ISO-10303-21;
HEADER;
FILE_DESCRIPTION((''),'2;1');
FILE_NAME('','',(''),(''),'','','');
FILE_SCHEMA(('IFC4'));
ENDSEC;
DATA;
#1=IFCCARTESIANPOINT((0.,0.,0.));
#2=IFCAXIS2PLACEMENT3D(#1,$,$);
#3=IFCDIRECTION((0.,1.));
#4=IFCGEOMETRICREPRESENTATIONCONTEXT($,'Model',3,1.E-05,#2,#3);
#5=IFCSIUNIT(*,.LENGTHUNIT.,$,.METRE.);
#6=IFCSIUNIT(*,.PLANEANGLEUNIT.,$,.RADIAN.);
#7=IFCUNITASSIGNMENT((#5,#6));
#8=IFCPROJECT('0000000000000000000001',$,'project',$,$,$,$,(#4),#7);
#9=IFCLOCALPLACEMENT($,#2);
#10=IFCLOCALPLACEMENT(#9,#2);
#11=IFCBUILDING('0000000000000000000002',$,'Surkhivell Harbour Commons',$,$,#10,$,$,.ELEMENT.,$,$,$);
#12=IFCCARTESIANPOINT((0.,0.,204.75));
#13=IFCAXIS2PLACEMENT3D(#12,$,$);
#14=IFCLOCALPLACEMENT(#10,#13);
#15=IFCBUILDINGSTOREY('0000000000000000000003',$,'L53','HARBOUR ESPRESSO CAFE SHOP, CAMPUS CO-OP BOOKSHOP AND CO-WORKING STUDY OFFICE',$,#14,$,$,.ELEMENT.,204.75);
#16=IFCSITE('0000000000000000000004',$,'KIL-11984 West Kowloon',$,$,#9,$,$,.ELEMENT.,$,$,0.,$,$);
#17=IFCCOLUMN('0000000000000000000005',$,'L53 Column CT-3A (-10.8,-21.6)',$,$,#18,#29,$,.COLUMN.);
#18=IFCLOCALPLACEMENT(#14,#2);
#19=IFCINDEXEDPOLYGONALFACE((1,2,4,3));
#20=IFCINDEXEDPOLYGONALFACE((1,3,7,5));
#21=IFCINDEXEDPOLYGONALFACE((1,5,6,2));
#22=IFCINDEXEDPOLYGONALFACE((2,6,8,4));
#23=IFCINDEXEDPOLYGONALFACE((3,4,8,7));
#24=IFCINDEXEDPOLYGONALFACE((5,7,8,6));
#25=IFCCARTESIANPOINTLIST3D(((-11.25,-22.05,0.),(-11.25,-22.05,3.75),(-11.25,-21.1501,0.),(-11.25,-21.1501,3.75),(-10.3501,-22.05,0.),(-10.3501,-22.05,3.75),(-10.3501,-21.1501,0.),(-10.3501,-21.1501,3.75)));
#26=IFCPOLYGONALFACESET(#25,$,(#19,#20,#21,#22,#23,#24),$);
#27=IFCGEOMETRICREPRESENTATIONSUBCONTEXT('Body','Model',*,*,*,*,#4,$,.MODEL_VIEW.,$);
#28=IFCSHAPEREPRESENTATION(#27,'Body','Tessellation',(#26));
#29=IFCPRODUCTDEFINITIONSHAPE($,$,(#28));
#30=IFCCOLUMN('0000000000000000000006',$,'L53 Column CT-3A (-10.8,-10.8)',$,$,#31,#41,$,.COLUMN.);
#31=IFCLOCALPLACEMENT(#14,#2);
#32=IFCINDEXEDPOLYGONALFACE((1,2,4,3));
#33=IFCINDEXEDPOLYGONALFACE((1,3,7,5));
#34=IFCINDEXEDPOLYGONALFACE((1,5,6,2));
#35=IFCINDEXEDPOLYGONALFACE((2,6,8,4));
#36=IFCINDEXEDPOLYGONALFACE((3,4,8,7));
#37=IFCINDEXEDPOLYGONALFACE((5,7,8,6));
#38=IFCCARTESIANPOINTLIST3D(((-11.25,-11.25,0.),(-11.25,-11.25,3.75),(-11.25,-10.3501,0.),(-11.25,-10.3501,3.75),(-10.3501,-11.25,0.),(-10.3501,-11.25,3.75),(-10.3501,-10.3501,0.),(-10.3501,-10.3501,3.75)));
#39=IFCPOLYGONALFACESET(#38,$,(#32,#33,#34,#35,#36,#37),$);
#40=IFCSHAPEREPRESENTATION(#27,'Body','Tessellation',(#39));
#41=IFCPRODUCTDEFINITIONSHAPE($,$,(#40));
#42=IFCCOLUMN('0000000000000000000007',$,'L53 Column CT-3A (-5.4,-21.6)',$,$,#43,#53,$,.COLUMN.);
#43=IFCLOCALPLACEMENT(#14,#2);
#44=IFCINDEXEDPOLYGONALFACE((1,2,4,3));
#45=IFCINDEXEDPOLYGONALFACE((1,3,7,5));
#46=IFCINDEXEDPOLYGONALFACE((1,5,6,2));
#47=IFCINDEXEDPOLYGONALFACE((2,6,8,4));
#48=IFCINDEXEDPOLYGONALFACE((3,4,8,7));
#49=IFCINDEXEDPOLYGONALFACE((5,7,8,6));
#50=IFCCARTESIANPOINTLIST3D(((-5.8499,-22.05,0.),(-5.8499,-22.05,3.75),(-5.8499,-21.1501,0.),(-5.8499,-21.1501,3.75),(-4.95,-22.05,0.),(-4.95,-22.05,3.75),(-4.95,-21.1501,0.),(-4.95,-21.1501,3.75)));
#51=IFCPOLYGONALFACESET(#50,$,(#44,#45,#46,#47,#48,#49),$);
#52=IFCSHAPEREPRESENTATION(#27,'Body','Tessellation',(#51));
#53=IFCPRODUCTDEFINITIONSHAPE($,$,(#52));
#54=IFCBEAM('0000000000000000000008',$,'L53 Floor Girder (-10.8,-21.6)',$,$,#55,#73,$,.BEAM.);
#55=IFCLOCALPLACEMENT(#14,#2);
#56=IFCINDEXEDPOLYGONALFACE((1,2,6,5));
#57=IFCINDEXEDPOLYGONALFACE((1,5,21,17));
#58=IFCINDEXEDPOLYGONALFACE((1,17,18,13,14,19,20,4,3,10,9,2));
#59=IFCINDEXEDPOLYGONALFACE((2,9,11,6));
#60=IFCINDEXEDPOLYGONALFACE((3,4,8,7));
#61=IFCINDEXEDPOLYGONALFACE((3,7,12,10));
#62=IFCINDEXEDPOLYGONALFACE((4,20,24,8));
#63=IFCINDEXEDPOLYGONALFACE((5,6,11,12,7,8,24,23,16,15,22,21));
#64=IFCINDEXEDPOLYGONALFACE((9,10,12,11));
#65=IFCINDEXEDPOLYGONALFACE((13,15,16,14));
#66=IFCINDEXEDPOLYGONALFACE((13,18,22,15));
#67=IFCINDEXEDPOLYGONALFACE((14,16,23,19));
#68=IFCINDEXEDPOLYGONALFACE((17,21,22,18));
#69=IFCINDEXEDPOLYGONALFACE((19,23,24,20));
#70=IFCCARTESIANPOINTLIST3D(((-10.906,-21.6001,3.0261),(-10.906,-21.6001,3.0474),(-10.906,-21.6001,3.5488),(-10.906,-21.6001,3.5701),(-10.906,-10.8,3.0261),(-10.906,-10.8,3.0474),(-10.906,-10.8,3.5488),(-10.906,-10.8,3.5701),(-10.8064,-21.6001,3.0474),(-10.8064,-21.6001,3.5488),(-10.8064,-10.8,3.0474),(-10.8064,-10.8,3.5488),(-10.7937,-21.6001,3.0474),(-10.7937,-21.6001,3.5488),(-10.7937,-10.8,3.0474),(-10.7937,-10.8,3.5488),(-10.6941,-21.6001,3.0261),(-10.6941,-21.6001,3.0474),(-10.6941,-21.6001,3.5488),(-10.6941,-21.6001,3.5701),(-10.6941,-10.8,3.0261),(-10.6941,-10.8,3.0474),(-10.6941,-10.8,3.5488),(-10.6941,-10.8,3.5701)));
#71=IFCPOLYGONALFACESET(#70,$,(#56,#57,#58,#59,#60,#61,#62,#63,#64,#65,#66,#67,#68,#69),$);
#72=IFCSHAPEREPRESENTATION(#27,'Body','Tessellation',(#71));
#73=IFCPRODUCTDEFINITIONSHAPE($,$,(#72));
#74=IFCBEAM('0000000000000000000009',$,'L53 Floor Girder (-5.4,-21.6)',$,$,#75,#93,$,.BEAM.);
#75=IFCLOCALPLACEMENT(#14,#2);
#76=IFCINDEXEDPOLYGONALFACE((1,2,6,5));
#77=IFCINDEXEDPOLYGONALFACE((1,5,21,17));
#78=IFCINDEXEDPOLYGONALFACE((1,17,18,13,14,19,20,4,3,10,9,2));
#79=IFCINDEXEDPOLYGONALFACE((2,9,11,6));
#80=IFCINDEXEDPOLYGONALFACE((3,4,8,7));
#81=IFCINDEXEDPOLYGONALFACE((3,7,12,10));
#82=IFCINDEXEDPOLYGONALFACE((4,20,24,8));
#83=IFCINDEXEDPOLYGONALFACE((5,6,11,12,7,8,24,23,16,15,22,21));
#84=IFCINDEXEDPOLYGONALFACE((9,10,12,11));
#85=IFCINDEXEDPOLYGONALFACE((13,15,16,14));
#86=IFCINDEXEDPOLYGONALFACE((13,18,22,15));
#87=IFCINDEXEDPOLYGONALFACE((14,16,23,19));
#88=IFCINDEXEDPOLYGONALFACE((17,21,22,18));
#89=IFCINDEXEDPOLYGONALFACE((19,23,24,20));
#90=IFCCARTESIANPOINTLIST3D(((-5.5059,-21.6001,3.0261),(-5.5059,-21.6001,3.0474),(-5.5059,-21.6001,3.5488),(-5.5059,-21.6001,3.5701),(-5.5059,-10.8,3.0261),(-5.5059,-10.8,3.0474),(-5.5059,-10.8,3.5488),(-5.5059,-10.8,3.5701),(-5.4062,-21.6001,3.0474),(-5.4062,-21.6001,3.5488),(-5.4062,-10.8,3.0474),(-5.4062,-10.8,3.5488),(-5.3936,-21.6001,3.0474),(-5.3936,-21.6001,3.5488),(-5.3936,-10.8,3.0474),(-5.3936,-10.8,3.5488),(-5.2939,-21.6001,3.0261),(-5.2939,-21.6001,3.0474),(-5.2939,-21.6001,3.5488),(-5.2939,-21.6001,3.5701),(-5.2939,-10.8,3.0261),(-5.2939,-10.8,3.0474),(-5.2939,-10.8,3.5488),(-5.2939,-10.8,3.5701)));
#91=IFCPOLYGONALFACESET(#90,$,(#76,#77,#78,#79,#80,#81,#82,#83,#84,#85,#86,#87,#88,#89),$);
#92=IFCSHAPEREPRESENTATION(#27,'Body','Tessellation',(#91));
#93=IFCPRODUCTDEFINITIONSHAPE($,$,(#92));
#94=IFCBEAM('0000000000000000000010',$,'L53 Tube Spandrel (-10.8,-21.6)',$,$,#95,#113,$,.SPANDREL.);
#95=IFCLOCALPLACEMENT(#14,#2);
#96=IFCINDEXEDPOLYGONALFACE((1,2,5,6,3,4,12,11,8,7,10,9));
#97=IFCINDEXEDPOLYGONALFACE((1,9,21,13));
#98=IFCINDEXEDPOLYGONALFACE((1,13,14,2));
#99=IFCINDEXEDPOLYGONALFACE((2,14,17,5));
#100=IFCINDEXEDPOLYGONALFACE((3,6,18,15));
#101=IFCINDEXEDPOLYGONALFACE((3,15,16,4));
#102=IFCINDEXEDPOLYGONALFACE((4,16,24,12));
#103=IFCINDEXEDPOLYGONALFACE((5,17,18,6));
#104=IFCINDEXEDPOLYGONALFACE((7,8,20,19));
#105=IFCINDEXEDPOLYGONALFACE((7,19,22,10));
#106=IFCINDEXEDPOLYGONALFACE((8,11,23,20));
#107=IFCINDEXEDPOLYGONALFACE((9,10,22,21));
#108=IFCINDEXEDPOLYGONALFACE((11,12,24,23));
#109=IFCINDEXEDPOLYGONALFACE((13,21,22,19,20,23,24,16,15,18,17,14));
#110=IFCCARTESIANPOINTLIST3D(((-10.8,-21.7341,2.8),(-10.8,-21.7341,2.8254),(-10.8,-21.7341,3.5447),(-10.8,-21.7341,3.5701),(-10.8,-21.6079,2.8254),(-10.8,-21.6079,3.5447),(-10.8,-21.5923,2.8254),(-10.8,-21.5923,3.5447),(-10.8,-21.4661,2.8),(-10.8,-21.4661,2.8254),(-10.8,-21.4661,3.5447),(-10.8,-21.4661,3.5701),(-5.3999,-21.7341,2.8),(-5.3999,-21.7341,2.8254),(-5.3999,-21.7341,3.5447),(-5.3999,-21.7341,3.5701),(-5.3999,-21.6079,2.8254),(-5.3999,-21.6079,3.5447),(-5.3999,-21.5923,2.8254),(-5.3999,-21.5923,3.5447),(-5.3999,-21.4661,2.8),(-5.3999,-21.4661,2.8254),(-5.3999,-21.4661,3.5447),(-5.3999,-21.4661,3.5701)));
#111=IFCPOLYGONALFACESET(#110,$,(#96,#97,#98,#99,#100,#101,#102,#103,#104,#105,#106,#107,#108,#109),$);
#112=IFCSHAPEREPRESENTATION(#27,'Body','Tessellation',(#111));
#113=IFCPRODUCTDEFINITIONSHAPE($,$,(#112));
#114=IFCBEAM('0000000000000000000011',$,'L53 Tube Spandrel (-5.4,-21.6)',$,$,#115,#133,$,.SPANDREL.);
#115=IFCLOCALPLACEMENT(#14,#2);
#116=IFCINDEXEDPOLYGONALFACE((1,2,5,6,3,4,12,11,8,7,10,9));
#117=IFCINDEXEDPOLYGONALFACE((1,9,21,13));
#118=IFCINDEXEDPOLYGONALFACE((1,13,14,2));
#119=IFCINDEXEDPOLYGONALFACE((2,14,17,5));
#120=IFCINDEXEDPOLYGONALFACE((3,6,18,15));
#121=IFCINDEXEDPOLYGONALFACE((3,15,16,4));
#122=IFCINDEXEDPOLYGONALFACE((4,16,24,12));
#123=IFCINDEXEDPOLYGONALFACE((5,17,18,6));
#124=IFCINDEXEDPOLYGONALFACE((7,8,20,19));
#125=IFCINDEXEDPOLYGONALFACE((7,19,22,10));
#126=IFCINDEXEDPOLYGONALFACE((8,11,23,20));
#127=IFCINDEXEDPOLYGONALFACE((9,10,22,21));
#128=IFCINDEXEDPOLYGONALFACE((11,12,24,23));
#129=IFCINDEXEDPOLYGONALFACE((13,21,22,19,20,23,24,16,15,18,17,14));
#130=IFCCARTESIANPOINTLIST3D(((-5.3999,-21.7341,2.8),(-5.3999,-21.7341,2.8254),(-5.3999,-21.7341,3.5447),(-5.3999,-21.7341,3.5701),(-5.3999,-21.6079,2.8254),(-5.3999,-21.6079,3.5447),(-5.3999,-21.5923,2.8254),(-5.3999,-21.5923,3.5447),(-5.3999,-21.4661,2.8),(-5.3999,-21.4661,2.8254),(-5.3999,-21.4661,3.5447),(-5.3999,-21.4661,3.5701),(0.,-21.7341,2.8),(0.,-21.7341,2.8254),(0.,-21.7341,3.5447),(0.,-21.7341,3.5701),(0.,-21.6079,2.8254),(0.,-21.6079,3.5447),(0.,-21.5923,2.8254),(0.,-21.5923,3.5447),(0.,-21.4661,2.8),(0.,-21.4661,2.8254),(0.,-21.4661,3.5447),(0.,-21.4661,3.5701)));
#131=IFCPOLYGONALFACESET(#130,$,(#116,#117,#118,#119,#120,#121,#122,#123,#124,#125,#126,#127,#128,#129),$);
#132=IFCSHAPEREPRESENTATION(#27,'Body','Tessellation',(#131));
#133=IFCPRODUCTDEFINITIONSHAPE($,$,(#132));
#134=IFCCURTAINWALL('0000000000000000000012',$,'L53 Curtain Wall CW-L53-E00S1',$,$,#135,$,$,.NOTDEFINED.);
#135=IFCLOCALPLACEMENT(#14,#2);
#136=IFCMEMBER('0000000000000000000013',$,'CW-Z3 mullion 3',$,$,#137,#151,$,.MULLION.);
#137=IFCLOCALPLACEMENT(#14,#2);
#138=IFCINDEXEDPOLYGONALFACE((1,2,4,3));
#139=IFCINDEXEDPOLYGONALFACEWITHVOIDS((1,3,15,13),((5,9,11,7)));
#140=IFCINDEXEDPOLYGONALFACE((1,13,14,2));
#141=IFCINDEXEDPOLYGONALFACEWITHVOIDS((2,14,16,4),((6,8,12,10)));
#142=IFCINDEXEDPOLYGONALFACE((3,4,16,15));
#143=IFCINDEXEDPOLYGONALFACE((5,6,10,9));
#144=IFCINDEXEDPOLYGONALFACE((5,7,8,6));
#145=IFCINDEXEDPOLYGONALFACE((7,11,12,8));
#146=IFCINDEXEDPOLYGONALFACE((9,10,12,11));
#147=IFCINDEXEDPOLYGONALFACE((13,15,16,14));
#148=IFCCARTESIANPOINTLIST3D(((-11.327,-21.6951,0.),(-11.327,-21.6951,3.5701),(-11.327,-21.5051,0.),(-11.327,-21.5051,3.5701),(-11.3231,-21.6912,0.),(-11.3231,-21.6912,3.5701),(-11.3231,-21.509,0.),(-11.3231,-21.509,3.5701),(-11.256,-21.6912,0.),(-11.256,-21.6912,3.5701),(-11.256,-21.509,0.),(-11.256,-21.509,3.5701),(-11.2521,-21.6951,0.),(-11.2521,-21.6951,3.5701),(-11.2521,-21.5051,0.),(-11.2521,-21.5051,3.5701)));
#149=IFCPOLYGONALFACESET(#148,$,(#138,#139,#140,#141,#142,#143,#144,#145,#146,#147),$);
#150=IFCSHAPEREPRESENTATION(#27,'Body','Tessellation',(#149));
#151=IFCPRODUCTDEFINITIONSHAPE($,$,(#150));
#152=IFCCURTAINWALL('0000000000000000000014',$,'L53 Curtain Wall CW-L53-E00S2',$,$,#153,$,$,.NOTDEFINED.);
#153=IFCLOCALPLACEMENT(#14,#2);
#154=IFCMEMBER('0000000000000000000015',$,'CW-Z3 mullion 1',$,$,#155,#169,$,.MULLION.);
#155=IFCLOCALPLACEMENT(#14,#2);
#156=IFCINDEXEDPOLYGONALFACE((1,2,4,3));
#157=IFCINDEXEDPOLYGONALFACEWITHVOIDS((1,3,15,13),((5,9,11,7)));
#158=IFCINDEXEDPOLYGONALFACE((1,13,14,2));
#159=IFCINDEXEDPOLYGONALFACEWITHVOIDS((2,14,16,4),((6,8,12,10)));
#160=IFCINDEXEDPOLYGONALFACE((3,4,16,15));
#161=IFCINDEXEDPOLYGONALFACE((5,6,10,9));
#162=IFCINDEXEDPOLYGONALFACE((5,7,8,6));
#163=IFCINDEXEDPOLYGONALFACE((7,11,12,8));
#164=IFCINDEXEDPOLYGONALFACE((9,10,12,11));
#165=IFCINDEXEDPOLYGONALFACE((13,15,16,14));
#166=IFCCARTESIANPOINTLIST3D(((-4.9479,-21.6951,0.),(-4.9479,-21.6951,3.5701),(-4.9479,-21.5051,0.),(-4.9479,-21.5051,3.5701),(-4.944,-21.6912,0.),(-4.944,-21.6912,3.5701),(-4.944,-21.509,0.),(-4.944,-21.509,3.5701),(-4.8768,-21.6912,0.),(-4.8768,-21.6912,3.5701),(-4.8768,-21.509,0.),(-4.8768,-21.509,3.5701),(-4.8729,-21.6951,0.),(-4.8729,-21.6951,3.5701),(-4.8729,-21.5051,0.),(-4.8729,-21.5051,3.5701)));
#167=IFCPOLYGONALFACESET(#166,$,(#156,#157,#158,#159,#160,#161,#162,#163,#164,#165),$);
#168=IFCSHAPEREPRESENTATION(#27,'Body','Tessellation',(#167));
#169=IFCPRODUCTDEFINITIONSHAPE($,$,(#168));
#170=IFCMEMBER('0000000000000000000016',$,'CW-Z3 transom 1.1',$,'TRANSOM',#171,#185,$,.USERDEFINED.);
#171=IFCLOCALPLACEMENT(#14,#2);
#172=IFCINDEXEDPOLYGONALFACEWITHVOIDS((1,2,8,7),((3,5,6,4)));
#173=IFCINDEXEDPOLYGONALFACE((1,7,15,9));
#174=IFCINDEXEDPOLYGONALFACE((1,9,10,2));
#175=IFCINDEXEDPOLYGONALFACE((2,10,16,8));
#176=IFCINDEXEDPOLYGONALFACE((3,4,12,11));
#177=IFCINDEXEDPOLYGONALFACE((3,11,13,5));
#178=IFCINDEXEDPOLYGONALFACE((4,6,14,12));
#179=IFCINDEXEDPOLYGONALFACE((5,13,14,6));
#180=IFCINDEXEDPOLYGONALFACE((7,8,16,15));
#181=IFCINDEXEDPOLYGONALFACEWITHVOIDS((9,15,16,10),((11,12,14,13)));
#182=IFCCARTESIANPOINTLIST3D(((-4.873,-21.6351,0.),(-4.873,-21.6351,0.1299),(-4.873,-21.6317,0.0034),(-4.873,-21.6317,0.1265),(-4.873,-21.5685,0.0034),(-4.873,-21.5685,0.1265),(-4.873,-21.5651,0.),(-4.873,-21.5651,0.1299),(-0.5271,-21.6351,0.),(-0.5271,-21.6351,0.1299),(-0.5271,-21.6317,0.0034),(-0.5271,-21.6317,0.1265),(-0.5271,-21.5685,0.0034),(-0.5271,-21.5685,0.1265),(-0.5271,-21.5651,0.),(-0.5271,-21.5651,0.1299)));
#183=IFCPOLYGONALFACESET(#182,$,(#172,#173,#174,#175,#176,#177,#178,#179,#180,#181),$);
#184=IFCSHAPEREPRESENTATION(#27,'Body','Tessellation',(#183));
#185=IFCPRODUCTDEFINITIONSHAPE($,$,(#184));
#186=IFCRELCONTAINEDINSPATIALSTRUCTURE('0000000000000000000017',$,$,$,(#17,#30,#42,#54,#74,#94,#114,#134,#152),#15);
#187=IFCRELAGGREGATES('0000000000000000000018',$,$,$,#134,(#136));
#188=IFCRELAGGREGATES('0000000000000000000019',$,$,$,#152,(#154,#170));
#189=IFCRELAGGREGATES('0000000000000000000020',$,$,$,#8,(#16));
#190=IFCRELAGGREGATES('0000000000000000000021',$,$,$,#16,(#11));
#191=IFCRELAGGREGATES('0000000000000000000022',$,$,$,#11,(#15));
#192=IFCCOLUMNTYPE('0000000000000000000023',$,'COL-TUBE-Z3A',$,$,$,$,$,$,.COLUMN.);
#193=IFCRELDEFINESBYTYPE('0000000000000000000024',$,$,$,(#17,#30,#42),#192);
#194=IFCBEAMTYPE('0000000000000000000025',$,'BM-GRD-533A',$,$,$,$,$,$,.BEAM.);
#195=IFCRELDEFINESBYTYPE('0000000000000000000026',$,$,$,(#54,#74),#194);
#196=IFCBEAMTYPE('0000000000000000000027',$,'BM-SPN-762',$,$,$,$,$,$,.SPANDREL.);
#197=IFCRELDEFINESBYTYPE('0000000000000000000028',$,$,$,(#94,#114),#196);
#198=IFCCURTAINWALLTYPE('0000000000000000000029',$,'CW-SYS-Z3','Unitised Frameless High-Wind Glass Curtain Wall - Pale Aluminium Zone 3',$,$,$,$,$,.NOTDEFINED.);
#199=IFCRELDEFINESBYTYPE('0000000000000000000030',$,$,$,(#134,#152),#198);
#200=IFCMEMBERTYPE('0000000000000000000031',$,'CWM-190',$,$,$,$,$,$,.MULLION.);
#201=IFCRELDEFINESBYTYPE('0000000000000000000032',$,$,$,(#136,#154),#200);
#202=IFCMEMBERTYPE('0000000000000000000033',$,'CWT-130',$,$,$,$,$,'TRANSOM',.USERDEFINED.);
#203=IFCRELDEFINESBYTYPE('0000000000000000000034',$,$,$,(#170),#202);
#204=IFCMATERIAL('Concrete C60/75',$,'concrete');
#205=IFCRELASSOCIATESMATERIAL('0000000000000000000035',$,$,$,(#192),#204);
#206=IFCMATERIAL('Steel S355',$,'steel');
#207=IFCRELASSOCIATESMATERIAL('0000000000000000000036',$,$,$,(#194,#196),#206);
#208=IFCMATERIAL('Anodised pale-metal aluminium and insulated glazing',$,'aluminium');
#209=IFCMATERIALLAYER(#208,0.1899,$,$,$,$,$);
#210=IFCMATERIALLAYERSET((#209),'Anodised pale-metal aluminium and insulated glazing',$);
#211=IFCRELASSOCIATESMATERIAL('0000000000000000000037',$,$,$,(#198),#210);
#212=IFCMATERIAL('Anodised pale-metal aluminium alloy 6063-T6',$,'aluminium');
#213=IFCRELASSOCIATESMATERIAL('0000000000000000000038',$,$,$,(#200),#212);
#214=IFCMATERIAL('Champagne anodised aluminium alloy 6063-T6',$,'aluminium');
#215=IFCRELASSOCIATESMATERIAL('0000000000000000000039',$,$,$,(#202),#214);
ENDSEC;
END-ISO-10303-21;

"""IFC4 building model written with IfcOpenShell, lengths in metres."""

from ifc_helpers import new_model, si_unit, direction, frame, origin, origin_2d, place, context, subcontext, project, spatial, rectangle, hollow_rectangle, i_section, extrude, material, layer, layer_set, material_profile, profile_set, type_object, element, aggregate, save


model = new_model("IFC4")

# Units and contexts
model_context = context("Model", 3, precision=1e-05, world=origin(), true_north=direction((0.0, 1.0)))
body_context = subcontext(model_context, "Body", "Model", "MODEL_VIEW")
ifc_project = project(units=[si_unit("LENGTHUNIT", "METRE"), si_unit("PLANEANGLEUNIT", "RADIAN")], contexts=[model_context])

# Site, building, storey
site_placement = place(None, origin())
site = spatial("IfcSite", under=ifc_project, at=site_placement, Name="KIL-11984 West Kowloon", CompositionType="ELEMENT", RefElevation=0.0)
building_placement = place(site_placement, origin())
building = spatial("IfcBuilding", under=site, at=building_placement, Name="Surkhivell Harbour Commons", CompositionType="ELEMENT")
storey_placement = place(building_placement, frame((0.0, 0.0, 204.75)))
storey = spatial("IfcBuildingStorey", under=building, at=storey_placement, Name="L53", Description="HARBOUR ESPRESSO CAFE SHOP, CAMPUS CO-OP BOOKSHOP AND CO-WORKING STUDY OFFICE", CompositionType="ELEMENT", Elevation=204.75)

# Columns
ifc_material_1 = material(Name="Concrete C60/75", Category="concrete")
ifc_material_profile_1 = material_profile(ifc_material_1, rectangle(XDim=0.8999, YDim=0.8999, at=origin_2d()), Name="RC-COL-900x900")
ifc_profile_set_1 = profile_set([ifc_material_profile_1], Name="Concrete C60/75")
column_type = type_object("IfcColumnType", Name="COL-TUBE-Z3A", PredefinedType="COLUMN", material=ifc_profile_set_1)
for number, where, z_axis, x_axis, name in (
    (1, (-10.8, -21.6001, 0.0), (0.0, 0.0, 1.0), (1.0, 0.0, 0.0), "L53 Column CT-3A (-10.8,-21.6)"),
    (2, (-10.8, -10.8, 0.0), (0.0, 0.0, 1.0), (1.0, 0.0, 0.0), "L53 Column CT-3A (-10.8,-10.8)"),
    (3, (-5.3999, -21.6001, 0.0), (0.0, 0.0, 1.0), (1.0, 0.0, 0.0), "L53 Column CT-3A (-5.4,-21.6)"),
):
    element("IfcColumn", number, at=place(storey_placement, frame(where, z_axis=z_axis, x_axis=x_axis)), inside=storey, type_object=column_type, Name=name, PredefinedType="COLUMN", context=body_context, shape_type="SweptSolid", body=[
        extrude(rectangle(XDim=0.8999, YDim=0.8999, at=origin_2d()), origin(), (0.0, 0.0, 1.0), 3.75),
    ])

# Beams
ifc_material_2 = material(Name="Steel S355", Category="steel")
ifc_material_profile_2 = material_profile(ifc_material_2, i_section(OverallWidth=0.2119, OverallDepth=0.5439, WebThickness=0.0127, FlangeThickness=0.0212, at=origin_2d()), Name="UB533x210x122")
ifc_profile_set_2 = profile_set([ifc_material_profile_2], Name="Steel S355")
beam_type_1 = type_object("IfcBeamType", Name="BM-GRD-533A", PredefinedType="BEAM", material=ifc_profile_set_2)
for number, where, z_axis, x_axis, name in (
    (4, (-10.8, -21.6001, 3.2981), (0.0, 1.0, 0.0), (-1.0, 0.0, 0.0), "L53 Floor Girder (-10.8,-21.6)"),
    (5, (-5.3999, -21.6001, 3.2981), (0.0, 1.0, 0.0), (-1.0, 0.0, 0.0), "L53 Floor Girder (-5.4,-21.6)"),
):
    element("IfcBeam", number, at=place(storey_placement, frame(where, z_axis=z_axis, x_axis=x_axis)), inside=storey, type_object=beam_type_1, Name=name, PredefinedType="BEAM", context=body_context, shape_type="SweptSolid", body=[
        extrude(i_section(OverallWidth=0.2119, OverallDepth=0.5439, WebThickness=0.0127, FlangeThickness=0.0212, at=origin_2d()), origin(), (0.0, 0.0, 1.0), 10.8),
    ])
ifc_material_profile_3 = material_profile(ifc_material_2, i_section(OverallWidth=0.2681, OverallDepth=0.77, WebThickness=0.0156, FlangeThickness=0.0254, at=origin_2d()), Name="UB762x267x197")
ifc_profile_set_3 = profile_set([ifc_material_profile_3], Name="Steel S355")
beam_type_2 = type_object("IfcBeamType", Name="BM-SPN-762", PredefinedType="SPANDREL", material=ifc_profile_set_3)
beam_1_placement = place(storey_placement, frame((-10.8, -21.6001, 3.1851), z_axis=(1.0, 0.0, 0.0), x_axis=(0.0, 1.0, 0.0)))
element("IfcBeam", 6, at=beam_1_placement, inside=storey, type_object=beam_type_2, Name="L53 Tube Spandrel (-10.8,-21.6)", PredefinedType="SPANDREL", context=body_context, shape_type="SweptSolid", body=[
    extrude(i_section(OverallWidth=0.2681, OverallDepth=0.77, WebThickness=0.0156, FlangeThickness=0.0254, at=origin_2d()), origin(), (0.0, 0.0, 1.0), 5.4001),
])
beam_2_placement = place(storey_placement, frame((-5.3999, -21.6001, 3.1851), z_axis=(1.0, 0.0, 0.0), x_axis=(0.0, 1.0, 0.0)))
element("IfcBeam", 7, at=beam_2_placement, inside=storey, type_object=beam_type_2, Name="L53 Tube Spandrel (-5.4,-21.6)", PredefinedType="SPANDREL", context=body_context, shape_type="SweptSolid", body=[
    extrude(i_section(OverallWidth=0.2681, OverallDepth=0.77, WebThickness=0.0156, FlangeThickness=0.0254, at=origin_2d()), origin(), (0.0, 0.0, 1.0), 5.3999),
])

# Curtain wall, member
ifc_material_3 = material(Name="Anodised pale-metal aluminium and insulated glazing", Category="aluminium")
ifc_layer_1 = layer(ifc_material_3, 0.1899)
ifc_layer_set_1 = layer_set([ifc_layer_1], Name="Anodised pale-metal aluminium and insulated glazing")
curtain_wall_type = type_object("IfcCurtainWallType", Name="CW-SYS-Z3", Description="Unitised Frameless High-Wind Glass Curtain Wall - Pale Aluminium Zone 3", PredefinedType="NOTDEFINED", material=ifc_layer_set_1)
curtain_wall_1_placement = place(storey_placement, origin())
curtain_wall_1 = element("IfcCurtainWall", 8, at=curtain_wall_1_placement, inside=storey, type_object=curtain_wall_type, Name="L53 Curtain Wall CW-L53-E00S1", PredefinedType="NOTDEFINED")
ifc_material_4 = material(Name="Anodised pale-metal aluminium alloy 6063-T6", Category="aluminium")
ifc_material_profile_4 = material_profile(ifc_material_4, hollow_rectangle(XDim=0.075, YDim=0.1899, WallThickness=0.0039, at=origin_2d()), Name="ALU-MULL-75x190")
ifc_profile_set_4 = profile_set([ifc_material_profile_4], Name="Anodised pale-metal aluminium alloy 6063-T6")
member_type_1 = type_object("IfcMemberType", Name="CWM-190", PredefinedType="MULLION", material=ifc_profile_set_4)
member_1_placement = place(storey_placement, frame((-11.2896, -21.6001, 0.0), z_axis=(0.0, 0.0, 1.0), x_axis=(1.0, 0.0, 0.0)))
member_1 = element("IfcMember", 9, at=member_1_placement, type_object=member_type_1, Name="CW-Z3 mullion 3", PredefinedType="MULLION", context=body_context, shape_type="SweptSolid", body=[
    extrude(hollow_rectangle(XDim=0.075, YDim=0.1899, WallThickness=0.0039, at=origin_2d()), origin(), (0.0, 0.0, 1.0), 3.5701),
])
aggregate(curtain_wall_1, [member_1])

# Curtain wall, members
curtain_wall_2_placement = place(storey_placement, origin())
curtain_wall_2 = element("IfcCurtainWall", 10, at=curtain_wall_2_placement, inside=storey, type_object=curtain_wall_type, Name="L53 Curtain Wall CW-L53-E00S2", PredefinedType="NOTDEFINED")
member_2_placement = place(storey_placement, frame((-4.9104, -21.6001, 0.0), z_axis=(0.0, 0.0, 1.0), x_axis=(1.0, 0.0, 0.0)))
member_2 = element("IfcMember", 11, at=member_2_placement, type_object=member_type_1, Name="CW-Z3 mullion 1", PredefinedType="MULLION", context=body_context, shape_type="SweptSolid", body=[
    extrude(hollow_rectangle(XDim=0.075, YDim=0.1899, WallThickness=0.0039, at=origin_2d()), origin(), (0.0, 0.0, 1.0), 3.5701),
])
ifc_material_5 = material(Name="Champagne anodised aluminium alloy 6063-T6", Category="aluminium")
ifc_material_profile_5 = material_profile(ifc_material_5, hollow_rectangle(XDim=0.0701, YDim=0.1299, WallThickness=0.0034, at=origin_2d()), Name="ALU-TRAN-70x130")
ifc_profile_set_5 = profile_set([ifc_material_profile_5], Name="Champagne anodised aluminium alloy 6063-T6")
member_type_2 = type_object("IfcMemberType", Name="CWT-130", ElementType="TRANSOM", PredefinedType="USERDEFINED", material=ifc_profile_set_5)
member_3_placement = place(storey_placement, frame((-4.873, -21.6001, 0.0649), z_axis=(1.0, 0.0, 0.0), x_axis=(0.0, 1.0, 0.0)))
member_3 = element("IfcMember", 12, at=member_3_placement, type_object=member_type_2, Name="CW-Z3 transom 1.1", ObjectType="TRANSOM", PredefinedType="USERDEFINED", context=body_context, shape_type="SweptSolid", body=[
    extrude(hollow_rectangle(XDim=0.0701, YDim=0.1299, WallThickness=0.0034, at=origin_2d()), origin(), (0.0, 0.0, 1.0), 4.3459),
])

aggregate(curtain_wall_2, [member_2, member_3])

save(model, "model.ifc")
